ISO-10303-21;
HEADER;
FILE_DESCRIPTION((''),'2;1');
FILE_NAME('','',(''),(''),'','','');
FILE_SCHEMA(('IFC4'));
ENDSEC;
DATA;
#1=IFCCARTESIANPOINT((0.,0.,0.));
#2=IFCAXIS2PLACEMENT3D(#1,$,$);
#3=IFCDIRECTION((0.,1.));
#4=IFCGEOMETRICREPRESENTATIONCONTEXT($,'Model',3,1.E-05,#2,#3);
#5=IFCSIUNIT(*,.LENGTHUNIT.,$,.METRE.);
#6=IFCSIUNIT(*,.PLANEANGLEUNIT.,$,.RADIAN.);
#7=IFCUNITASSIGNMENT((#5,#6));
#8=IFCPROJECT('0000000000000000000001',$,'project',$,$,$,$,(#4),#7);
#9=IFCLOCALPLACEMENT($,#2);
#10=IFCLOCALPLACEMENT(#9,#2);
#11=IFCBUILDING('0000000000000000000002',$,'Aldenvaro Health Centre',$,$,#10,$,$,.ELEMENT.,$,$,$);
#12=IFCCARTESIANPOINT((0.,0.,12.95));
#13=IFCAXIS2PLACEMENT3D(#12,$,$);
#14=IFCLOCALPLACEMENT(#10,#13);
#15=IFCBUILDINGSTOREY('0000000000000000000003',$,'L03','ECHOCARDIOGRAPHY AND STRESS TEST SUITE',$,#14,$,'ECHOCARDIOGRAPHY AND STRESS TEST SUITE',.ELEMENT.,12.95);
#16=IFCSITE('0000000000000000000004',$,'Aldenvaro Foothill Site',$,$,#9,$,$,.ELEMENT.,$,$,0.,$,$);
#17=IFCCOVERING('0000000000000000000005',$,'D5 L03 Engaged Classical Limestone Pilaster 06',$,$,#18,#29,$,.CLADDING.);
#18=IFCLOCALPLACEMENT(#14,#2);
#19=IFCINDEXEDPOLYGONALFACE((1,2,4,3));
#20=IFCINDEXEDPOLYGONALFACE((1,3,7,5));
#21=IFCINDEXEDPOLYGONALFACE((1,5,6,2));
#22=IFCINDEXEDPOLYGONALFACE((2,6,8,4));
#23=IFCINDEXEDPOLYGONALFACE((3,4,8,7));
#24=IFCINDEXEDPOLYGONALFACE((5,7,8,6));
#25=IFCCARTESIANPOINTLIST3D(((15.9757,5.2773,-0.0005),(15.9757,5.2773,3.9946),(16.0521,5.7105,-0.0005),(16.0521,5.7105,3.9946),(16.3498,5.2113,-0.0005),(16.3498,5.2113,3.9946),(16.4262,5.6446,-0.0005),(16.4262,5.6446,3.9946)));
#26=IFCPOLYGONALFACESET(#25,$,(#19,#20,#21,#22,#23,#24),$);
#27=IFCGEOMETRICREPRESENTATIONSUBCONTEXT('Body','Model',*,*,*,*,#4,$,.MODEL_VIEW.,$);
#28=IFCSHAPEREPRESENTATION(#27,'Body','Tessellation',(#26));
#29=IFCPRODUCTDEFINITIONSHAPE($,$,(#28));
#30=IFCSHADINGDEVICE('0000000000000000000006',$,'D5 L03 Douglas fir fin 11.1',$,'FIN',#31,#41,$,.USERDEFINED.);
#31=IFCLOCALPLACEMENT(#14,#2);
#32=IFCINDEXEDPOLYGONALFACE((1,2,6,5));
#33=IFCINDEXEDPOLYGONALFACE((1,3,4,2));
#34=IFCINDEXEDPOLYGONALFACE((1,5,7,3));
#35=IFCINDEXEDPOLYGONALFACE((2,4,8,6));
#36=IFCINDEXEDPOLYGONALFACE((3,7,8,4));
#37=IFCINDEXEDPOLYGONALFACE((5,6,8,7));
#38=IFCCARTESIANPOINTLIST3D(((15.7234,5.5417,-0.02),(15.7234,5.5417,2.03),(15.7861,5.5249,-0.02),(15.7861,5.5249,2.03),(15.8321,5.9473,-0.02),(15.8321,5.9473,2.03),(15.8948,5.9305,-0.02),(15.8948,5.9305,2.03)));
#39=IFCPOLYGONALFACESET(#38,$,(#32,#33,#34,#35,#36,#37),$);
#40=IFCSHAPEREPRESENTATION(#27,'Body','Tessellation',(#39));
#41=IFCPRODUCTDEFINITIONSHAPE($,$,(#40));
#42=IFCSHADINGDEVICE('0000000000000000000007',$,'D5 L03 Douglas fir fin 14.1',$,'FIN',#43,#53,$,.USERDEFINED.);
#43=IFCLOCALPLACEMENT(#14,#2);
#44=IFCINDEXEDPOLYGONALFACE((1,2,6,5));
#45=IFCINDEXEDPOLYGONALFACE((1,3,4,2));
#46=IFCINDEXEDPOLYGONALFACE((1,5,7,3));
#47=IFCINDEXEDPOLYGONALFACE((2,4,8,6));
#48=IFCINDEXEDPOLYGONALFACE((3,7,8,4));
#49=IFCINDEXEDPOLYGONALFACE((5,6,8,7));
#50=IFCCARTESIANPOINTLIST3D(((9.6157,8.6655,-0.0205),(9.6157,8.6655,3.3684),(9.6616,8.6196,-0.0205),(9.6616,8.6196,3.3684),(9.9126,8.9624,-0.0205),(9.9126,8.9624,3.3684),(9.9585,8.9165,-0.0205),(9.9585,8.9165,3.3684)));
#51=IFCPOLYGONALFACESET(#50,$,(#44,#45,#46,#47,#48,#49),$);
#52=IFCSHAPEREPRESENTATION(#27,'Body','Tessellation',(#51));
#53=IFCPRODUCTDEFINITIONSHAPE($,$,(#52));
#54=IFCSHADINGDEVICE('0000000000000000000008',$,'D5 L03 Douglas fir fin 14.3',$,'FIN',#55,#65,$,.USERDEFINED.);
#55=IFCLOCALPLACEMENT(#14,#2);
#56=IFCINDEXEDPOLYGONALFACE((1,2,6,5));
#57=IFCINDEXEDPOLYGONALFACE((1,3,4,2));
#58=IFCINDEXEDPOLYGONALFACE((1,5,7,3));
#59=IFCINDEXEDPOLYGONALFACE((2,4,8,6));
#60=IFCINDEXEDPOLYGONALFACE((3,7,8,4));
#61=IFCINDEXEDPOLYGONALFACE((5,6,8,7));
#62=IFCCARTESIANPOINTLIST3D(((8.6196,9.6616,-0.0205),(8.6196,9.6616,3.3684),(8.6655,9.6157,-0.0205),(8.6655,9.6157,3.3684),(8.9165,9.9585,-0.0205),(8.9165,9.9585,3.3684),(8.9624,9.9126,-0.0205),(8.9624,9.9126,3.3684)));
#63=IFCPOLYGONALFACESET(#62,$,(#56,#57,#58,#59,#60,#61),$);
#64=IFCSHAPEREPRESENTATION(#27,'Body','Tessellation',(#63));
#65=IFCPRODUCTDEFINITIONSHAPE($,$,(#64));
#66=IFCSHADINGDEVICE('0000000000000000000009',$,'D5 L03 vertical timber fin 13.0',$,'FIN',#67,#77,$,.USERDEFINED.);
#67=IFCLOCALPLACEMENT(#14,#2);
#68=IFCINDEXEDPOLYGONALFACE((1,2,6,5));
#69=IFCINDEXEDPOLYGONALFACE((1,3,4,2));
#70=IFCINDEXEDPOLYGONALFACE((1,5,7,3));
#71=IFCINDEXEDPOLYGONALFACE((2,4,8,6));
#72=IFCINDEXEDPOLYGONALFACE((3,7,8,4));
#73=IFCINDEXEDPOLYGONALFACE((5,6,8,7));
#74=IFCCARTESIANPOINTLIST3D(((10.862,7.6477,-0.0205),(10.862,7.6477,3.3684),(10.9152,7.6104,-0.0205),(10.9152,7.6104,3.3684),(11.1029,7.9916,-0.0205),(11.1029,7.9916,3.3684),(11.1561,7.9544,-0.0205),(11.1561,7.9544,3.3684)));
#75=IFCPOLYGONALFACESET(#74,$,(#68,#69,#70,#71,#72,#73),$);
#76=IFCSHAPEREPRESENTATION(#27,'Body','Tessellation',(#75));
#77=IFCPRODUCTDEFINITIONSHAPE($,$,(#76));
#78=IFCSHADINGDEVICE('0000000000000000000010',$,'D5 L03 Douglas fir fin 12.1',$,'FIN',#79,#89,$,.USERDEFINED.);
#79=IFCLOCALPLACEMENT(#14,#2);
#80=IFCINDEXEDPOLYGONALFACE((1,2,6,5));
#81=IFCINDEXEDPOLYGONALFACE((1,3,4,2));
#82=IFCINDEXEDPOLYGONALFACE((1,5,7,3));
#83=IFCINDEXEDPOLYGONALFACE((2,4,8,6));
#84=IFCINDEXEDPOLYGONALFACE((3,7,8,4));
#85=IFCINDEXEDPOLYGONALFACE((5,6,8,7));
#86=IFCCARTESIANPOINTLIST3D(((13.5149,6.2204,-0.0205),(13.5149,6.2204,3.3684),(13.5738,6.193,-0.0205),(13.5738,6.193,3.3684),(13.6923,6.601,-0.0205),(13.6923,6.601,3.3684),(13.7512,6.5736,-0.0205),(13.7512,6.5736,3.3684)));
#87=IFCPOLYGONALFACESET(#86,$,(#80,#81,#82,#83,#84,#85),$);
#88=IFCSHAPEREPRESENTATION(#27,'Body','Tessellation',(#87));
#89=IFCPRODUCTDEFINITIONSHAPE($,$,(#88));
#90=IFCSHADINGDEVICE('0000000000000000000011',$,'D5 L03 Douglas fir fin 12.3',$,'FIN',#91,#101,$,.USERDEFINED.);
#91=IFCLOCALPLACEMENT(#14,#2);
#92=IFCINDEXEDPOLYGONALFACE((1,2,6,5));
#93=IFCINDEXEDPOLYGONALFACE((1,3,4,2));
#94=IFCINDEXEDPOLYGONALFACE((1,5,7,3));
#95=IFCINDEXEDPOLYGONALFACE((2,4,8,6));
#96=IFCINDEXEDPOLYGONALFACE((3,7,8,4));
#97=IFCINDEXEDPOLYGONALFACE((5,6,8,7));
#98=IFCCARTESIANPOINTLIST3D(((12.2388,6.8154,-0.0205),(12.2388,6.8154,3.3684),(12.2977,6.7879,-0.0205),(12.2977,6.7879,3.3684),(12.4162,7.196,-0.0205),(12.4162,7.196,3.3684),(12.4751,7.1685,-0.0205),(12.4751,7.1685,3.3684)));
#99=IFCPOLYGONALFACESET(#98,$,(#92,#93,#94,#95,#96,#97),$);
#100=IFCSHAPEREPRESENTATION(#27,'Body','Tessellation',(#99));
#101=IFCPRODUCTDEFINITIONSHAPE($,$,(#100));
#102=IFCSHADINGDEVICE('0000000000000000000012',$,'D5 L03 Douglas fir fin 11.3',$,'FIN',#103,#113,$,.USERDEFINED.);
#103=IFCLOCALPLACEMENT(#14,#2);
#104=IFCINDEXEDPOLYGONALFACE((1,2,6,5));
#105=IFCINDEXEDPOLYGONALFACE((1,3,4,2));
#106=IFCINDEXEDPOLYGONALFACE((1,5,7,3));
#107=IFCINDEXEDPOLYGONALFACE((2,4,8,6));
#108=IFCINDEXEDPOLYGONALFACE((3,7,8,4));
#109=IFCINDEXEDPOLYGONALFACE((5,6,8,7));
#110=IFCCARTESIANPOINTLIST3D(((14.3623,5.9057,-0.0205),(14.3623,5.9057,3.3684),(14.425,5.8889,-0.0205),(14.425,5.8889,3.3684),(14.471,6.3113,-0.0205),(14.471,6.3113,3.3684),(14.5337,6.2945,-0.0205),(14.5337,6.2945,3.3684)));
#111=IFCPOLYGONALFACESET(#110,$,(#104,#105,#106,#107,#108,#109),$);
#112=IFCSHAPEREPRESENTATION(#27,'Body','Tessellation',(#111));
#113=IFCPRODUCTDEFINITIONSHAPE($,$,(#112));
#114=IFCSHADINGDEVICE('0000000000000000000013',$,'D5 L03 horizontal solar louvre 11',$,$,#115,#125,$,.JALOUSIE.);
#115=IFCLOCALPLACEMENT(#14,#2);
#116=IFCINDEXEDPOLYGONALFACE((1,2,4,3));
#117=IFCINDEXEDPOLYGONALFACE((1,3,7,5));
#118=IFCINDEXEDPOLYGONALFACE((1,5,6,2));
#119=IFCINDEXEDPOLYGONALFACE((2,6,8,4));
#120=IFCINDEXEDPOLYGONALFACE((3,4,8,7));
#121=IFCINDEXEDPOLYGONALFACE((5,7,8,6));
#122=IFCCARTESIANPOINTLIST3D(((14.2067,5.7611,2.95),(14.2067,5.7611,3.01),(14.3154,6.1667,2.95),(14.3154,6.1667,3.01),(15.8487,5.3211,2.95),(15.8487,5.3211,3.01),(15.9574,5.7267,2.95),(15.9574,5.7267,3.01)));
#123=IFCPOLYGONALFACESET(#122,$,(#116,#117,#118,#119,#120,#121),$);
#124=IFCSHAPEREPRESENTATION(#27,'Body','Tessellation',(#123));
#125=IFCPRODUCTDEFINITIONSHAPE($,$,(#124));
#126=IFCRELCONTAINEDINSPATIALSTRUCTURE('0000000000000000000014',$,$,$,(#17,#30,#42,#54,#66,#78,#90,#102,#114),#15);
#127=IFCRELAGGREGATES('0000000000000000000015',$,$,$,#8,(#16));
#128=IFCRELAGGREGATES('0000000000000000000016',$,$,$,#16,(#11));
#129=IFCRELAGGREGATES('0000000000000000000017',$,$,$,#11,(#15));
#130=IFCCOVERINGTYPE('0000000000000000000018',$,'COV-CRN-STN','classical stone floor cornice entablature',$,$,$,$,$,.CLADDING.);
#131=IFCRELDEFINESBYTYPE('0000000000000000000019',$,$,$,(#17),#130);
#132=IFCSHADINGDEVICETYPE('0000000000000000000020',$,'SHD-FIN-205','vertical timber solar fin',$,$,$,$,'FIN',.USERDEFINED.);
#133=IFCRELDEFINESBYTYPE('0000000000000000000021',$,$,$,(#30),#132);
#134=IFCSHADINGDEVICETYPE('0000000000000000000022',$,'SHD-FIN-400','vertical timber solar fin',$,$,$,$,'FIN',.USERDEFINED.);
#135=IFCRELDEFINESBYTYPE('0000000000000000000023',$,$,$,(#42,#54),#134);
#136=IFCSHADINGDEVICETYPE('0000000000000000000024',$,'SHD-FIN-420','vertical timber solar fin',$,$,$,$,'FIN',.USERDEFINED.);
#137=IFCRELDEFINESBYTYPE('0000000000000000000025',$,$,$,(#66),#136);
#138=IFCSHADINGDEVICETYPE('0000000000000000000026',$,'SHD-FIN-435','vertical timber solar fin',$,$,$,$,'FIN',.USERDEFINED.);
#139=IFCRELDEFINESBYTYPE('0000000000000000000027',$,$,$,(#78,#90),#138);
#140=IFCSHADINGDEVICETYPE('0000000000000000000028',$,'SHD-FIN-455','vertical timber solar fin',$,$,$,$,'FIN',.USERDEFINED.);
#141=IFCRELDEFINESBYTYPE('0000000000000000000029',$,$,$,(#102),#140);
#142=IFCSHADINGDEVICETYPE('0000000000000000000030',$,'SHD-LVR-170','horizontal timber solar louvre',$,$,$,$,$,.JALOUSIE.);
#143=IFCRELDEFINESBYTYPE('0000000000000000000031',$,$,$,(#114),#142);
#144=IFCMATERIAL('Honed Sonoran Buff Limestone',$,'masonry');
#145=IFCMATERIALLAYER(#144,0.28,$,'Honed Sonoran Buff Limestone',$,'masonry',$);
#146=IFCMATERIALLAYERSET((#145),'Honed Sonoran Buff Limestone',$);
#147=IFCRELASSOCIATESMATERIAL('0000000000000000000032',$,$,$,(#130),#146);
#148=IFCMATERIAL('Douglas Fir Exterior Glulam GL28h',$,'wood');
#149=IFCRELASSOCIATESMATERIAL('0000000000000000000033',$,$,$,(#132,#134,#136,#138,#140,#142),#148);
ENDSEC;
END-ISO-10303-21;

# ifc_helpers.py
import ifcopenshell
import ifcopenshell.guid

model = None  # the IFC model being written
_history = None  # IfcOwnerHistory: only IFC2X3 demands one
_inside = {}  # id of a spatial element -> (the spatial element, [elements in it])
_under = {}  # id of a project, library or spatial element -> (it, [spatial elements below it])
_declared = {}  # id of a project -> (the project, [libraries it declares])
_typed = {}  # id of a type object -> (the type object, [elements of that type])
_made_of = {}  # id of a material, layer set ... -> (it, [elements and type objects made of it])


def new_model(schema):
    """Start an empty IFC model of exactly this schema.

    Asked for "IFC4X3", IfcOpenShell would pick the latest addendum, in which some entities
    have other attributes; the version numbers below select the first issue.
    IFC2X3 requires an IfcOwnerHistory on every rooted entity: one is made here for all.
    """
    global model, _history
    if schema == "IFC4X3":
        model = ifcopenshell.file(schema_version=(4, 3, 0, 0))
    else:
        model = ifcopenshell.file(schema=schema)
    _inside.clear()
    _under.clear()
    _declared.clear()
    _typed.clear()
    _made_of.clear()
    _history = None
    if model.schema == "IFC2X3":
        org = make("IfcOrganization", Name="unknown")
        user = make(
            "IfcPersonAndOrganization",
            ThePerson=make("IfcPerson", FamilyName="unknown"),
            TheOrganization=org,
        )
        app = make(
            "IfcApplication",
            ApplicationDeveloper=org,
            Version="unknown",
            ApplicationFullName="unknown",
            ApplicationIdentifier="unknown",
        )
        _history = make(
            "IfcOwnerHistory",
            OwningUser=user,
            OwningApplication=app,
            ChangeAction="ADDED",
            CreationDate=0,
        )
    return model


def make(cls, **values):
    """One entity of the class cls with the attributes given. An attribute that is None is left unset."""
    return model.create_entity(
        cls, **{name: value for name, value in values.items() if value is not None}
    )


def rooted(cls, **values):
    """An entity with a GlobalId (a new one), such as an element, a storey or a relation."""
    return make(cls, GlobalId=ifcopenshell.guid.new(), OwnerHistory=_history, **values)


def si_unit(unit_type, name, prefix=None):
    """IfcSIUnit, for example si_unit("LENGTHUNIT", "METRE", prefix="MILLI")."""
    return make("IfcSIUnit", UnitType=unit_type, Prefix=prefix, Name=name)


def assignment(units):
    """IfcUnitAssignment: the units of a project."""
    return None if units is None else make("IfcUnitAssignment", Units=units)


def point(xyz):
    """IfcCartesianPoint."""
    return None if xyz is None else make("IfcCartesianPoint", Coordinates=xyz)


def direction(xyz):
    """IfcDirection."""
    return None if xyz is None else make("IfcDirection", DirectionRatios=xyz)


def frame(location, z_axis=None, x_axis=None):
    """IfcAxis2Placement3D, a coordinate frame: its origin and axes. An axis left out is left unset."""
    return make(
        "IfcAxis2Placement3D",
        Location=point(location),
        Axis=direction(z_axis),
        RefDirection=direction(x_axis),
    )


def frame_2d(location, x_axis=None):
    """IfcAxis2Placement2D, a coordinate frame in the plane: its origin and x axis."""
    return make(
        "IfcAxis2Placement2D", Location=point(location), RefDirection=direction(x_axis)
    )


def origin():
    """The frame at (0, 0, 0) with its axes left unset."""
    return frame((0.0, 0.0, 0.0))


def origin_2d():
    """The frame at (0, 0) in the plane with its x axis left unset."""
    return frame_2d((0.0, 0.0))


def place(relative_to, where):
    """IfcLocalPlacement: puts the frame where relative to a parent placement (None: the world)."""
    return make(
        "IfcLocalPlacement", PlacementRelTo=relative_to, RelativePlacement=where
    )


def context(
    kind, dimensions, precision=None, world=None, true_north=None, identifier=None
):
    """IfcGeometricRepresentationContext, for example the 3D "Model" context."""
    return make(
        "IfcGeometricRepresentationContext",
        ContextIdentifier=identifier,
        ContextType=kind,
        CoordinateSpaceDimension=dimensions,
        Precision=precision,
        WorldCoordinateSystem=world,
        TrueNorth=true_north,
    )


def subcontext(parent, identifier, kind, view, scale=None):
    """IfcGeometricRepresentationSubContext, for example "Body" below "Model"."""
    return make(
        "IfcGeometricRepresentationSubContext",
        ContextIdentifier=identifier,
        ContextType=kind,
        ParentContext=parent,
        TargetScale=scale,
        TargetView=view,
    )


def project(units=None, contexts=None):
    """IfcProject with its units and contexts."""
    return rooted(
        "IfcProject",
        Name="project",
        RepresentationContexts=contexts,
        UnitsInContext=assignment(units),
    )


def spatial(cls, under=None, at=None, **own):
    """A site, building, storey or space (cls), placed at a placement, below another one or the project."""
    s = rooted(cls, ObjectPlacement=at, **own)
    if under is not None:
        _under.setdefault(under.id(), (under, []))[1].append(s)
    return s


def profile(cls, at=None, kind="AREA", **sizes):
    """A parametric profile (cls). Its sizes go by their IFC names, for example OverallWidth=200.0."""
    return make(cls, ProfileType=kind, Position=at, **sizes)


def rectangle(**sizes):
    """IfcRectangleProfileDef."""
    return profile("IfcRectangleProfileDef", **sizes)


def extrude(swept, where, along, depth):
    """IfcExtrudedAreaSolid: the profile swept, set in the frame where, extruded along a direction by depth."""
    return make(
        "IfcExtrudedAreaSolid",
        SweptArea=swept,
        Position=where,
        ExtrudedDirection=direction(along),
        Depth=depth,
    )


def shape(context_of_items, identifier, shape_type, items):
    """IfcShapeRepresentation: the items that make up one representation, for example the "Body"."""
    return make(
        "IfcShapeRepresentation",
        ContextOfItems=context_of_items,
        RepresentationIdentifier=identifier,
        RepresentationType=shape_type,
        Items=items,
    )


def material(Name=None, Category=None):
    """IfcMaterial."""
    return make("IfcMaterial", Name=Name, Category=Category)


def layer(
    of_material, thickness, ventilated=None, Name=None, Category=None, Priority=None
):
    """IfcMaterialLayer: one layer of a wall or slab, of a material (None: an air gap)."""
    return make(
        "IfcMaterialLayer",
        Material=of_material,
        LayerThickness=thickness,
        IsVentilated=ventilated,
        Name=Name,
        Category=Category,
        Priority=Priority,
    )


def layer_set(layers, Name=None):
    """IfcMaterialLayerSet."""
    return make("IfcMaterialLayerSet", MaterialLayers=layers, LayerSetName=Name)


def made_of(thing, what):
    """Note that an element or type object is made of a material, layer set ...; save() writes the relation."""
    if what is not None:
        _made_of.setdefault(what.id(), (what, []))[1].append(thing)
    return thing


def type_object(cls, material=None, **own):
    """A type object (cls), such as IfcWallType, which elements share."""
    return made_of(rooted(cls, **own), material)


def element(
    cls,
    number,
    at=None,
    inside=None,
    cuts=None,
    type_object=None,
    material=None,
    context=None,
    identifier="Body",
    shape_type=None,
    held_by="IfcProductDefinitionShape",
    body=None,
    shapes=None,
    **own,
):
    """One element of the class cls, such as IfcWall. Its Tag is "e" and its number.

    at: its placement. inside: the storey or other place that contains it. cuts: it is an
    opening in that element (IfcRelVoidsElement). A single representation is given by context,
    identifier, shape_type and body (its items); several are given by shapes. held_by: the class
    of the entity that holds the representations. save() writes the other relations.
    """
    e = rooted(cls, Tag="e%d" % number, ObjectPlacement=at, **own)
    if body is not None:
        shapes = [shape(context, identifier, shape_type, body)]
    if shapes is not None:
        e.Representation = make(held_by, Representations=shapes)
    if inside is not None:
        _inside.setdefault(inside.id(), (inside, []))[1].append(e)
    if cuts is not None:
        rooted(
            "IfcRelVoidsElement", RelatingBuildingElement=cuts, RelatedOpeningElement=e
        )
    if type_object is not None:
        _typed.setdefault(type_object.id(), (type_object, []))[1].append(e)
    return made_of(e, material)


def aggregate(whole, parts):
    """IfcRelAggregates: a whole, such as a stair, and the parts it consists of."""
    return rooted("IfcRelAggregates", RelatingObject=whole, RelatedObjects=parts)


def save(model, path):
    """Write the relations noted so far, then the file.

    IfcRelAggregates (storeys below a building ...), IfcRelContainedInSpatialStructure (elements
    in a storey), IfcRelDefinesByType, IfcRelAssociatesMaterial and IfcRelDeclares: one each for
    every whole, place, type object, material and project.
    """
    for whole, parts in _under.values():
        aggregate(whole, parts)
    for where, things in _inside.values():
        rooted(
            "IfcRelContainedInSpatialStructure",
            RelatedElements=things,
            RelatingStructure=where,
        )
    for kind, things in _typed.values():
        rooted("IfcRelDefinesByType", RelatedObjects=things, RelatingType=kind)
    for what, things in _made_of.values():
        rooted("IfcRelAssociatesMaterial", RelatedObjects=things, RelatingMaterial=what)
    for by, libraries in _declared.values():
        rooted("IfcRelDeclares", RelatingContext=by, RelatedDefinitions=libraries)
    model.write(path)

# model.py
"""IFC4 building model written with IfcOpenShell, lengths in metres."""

from ifc_helpers import new_model, si_unit, direction, frame, origin, origin_2d, place, context, subcontext, project, spatial, rectangle, extrude, material, layer, layer_set, type_object, element, save


model = new_model("IFC4")

# Units and contexts
model_context = context("Model", 3, precision=1e-05, world=origin(), true_north=direction((0.0, 1.0)))
body_context = subcontext(model_context, "Body", "Model", "MODEL_VIEW")
ifc_project = project(units=[si_unit("LENGTHUNIT", "METRE"), si_unit("PLANEANGLEUNIT", "RADIAN")], contexts=[model_context])

# Site, building, storey
site_placement = place(None, origin())
site = spatial("IfcSite", under=ifc_project, at=site_placement, Name="Aldenvaro Foothill Site", CompositionType="ELEMENT", RefElevation=0.0)
building_placement = place(site_placement, origin())
building = spatial("IfcBuilding", under=site, at=building_placement, Name="Aldenvaro Health Centre", CompositionType="ELEMENT")
storey_placement = place(building_placement, frame((0.0, 0.0, 12.95)))
storey = spatial("IfcBuildingStorey", under=building, at=storey_placement, Name="L03", Description="ECHOCARDIOGRAPHY AND STRESS TEST SUITE", LongName="ECHOCARDIOGRAPHY AND STRESS TEST SUITE", CompositionType="ELEMENT", Elevation=12.95)

# Covering
ifc_material_1 = material(Name="Honed Sonoran Buff Limestone", Category="masonry")
ifc_layer_1 = layer(ifc_material_1, 0.28, Name="Honed Sonoran Buff Limestone", Category="masonry")
ifc_layer_set_1 = layer_set([ifc_layer_1], Name="Honed Sonoran Buff Limestone")
covering_type = type_object("IfcCoveringType", Name="COV-CRN-STN", Description="classical stone floor cornice entablature", PredefinedType="CLADDING", material=ifc_layer_set_1)
covering_placement = place(storey_placement, frame((16.2009, 5.4609, -0.0005), z_axis=(0.0, 0.0, 1.0), x_axis=(-0.173644, -0.984809, 0.0)))
element("IfcCovering", 1, at=covering_placement, inside=storey, type_object=covering_type, Name="D5 L03 Engaged Classical Limestone Pilaster 06", PredefinedType="CLADDING", context=body_context, shape_type="SweptSolid", body=[
    extrude(rectangle(XDim=0.4399, YDim=0.3799, at=origin_2d()), origin(), (0.0, 0.0, 1.0), 3.9951),
])

# Shading devices
ifc_material_2 = material(Name="Douglas Fir Exterior Glulam GL28h", Category="wood")
shading_device_type_1 = type_object("IfcShadingDeviceType", Name="SHD-FIN-205", Description="vertical timber solar fin", ElementType="FIN", PredefinedType="USERDEFINED", material=ifc_material_2)
shading_device_1_placement = place(storey_placement, frame((15.8091, 5.7361, -0.02), z_axis=(0.0, 0.0, 1.0), x_axis=(-0.965924, 0.258825, 0.0)))
element("IfcShadingDevice", 2, at=shading_device_1_placement, inside=storey, type_object=shading_device_type_1, Name="D5 L03 Douglas fir fin 11.1", ObjectType="FIN", PredefinedType="USERDEFINED", context=body_context, shape_type="SweptSolid", body=[
    extrude(rectangle(XDim=0.0649, YDim=0.4199, at=origin_2d()), origin(), (0.0, 0.0, 1.0), 2.05),
])
shading_device_type_2 = type_object("IfcShadingDeviceType", Name="SHD-FIN-400", Description="vertical timber solar fin", ElementType="FIN", PredefinedType="USERDEFINED", material=ifc_material_2)
for number, where, z_axis, x_axis, name in (
    (3, (9.7871, 8.791, -0.0205), (0.0, 0.0, 1.0), (-0.707107, 0.707107, 0.0), "D5 L03 Douglas fir fin 14.1"),
    (4, (8.791, 9.7871, -0.0205), (0.0, 0.0, 1.0), (-0.707107, 0.707107, 0.0), "D5 L03 Douglas fir fin 14.3"),
):
    element("IfcShadingDevice", number, at=place(storey_placement, frame(where, z_axis=z_axis, x_axis=x_axis)), inside=storey, type_object=shading_device_type_2, Name=name, ObjectType="FIN", PredefinedType="USERDEFINED", context=body_context, shape_type="SweptSolid", body=[
        extrude(rectangle(XDim=0.0649, YDim=0.4199, at=origin_2d()), origin(), (0.0, 0.0, 1.0), 3.3889),
    ])
shading_device_type_3 = type_object("IfcShadingDeviceType", Name="SHD-FIN-420", Description="vertical timber solar fin", ElementType="FIN", PredefinedType="USERDEFINED", material=ifc_material_2)
shading_device_2_placement = place(storey_placement, frame((11.009, 7.801, -0.0205), z_axis=(0.0, 0.0, 1.0), x_axis=(-0.819107, 0.573641, 0.0)))
element("IfcShadingDevice", 5, at=shading_device_2_placement, inside=storey, type_object=shading_device_type_3, Name="D5 L03 vertical timber fin 13.0", ObjectType="FIN", PredefinedType="USERDEFINED", context=body_context, shape_type="SweptSolid", body=[
    extrude(rectangle(XDim=0.0649, YDim=0.4199, at=origin_2d()), origin(), (0.0, 0.0, 1.0), 3.3889),
])
shading_device_type_4 = type_object("IfcShadingDeviceType", Name="SHD-FIN-435", Description="vertical timber solar fin", ElementType="FIN", PredefinedType="USERDEFINED", material=ifc_material_2)
for number, where, z_axis, x_axis, name in (
    (6, (13.6331, 6.397, -0.0205), (0.0, 0.0, 1.0), (-0.906365, 0.422496, 0.0), "D5 L03 Douglas fir fin 12.1"),
    (7, (12.3569, 6.9919, -0.0205), (0.0, 0.0, 1.0), (-0.906365, 0.422496, 0.0), "D5 L03 Douglas fir fin 12.3"),
):
    element("IfcShadingDevice", number, at=place(storey_placement, frame(where, z_axis=z_axis, x_axis=x_axis)), inside=storey, type_object=shading_device_type_4, Name=name, ObjectType="FIN", PredefinedType="USERDEFINED", context=body_context, shape_type="SweptSolid", body=[
        extrude(rectangle(XDim=0.0649, YDim=0.4199, at=origin_2d()), origin(), (0.0, 0.0, 1.0), 3.3889),
    ])
shading_device_type_5 = type_object("IfcShadingDeviceType", Name="SHD-FIN-455", Description="vertical timber solar fin", ElementType="FIN", PredefinedType="USERDEFINED", material=ifc_material_2)
shading_device_3_placement = place(storey_placement, frame((14.448, 6.1001, -0.0205), z_axis=(0.0, 0.0, 1.0), x_axis=(-0.965924, 0.258825, 0.0)))
element("IfcShadingDevice", 8, at=shading_device_3_placement, inside=storey, type_object=shading_device_type_5, Name="D5 L03 Douglas fir fin 11.3", ObjectType="FIN", PredefinedType="USERDEFINED", context=body_context, shape_type="SweptSolid", body=[
    extrude(rectangle(XDim=0.0649, YDim=0.4199, at=origin_2d()), origin(), (0.0, 0.0, 1.0), 3.3889),
])
shading_device_type_6 = type_object("IfcShadingDeviceType", Name="SHD-LVR-170", Description="horizontal timber solar louvre", PredefinedType="JALOUSIE", material=ifc_material_2)
shading_device_4_placement = place(storey_placement, frame((15.082, 5.7439, 2.95), z_axis=(0.0, 0.0, 1.0), x_axis=(-0.965924, 0.258825, 0.0)))
element("IfcShadingDevice", 9, at=shading_device_4_placement, inside=storey, type_object=shading_device_type_6, Name="D5 L03 horizontal solar louvre 11", PredefinedType="JALOUSIE", context=body_context, shape_type="SweptSolid", body=[
    extrude(rectangle(XDim=1.7, YDim=0.4199, at=origin_2d()), origin(), (0.0, 0.0, 1.0), 0.0601),
])

save(model, "model.ifc")
